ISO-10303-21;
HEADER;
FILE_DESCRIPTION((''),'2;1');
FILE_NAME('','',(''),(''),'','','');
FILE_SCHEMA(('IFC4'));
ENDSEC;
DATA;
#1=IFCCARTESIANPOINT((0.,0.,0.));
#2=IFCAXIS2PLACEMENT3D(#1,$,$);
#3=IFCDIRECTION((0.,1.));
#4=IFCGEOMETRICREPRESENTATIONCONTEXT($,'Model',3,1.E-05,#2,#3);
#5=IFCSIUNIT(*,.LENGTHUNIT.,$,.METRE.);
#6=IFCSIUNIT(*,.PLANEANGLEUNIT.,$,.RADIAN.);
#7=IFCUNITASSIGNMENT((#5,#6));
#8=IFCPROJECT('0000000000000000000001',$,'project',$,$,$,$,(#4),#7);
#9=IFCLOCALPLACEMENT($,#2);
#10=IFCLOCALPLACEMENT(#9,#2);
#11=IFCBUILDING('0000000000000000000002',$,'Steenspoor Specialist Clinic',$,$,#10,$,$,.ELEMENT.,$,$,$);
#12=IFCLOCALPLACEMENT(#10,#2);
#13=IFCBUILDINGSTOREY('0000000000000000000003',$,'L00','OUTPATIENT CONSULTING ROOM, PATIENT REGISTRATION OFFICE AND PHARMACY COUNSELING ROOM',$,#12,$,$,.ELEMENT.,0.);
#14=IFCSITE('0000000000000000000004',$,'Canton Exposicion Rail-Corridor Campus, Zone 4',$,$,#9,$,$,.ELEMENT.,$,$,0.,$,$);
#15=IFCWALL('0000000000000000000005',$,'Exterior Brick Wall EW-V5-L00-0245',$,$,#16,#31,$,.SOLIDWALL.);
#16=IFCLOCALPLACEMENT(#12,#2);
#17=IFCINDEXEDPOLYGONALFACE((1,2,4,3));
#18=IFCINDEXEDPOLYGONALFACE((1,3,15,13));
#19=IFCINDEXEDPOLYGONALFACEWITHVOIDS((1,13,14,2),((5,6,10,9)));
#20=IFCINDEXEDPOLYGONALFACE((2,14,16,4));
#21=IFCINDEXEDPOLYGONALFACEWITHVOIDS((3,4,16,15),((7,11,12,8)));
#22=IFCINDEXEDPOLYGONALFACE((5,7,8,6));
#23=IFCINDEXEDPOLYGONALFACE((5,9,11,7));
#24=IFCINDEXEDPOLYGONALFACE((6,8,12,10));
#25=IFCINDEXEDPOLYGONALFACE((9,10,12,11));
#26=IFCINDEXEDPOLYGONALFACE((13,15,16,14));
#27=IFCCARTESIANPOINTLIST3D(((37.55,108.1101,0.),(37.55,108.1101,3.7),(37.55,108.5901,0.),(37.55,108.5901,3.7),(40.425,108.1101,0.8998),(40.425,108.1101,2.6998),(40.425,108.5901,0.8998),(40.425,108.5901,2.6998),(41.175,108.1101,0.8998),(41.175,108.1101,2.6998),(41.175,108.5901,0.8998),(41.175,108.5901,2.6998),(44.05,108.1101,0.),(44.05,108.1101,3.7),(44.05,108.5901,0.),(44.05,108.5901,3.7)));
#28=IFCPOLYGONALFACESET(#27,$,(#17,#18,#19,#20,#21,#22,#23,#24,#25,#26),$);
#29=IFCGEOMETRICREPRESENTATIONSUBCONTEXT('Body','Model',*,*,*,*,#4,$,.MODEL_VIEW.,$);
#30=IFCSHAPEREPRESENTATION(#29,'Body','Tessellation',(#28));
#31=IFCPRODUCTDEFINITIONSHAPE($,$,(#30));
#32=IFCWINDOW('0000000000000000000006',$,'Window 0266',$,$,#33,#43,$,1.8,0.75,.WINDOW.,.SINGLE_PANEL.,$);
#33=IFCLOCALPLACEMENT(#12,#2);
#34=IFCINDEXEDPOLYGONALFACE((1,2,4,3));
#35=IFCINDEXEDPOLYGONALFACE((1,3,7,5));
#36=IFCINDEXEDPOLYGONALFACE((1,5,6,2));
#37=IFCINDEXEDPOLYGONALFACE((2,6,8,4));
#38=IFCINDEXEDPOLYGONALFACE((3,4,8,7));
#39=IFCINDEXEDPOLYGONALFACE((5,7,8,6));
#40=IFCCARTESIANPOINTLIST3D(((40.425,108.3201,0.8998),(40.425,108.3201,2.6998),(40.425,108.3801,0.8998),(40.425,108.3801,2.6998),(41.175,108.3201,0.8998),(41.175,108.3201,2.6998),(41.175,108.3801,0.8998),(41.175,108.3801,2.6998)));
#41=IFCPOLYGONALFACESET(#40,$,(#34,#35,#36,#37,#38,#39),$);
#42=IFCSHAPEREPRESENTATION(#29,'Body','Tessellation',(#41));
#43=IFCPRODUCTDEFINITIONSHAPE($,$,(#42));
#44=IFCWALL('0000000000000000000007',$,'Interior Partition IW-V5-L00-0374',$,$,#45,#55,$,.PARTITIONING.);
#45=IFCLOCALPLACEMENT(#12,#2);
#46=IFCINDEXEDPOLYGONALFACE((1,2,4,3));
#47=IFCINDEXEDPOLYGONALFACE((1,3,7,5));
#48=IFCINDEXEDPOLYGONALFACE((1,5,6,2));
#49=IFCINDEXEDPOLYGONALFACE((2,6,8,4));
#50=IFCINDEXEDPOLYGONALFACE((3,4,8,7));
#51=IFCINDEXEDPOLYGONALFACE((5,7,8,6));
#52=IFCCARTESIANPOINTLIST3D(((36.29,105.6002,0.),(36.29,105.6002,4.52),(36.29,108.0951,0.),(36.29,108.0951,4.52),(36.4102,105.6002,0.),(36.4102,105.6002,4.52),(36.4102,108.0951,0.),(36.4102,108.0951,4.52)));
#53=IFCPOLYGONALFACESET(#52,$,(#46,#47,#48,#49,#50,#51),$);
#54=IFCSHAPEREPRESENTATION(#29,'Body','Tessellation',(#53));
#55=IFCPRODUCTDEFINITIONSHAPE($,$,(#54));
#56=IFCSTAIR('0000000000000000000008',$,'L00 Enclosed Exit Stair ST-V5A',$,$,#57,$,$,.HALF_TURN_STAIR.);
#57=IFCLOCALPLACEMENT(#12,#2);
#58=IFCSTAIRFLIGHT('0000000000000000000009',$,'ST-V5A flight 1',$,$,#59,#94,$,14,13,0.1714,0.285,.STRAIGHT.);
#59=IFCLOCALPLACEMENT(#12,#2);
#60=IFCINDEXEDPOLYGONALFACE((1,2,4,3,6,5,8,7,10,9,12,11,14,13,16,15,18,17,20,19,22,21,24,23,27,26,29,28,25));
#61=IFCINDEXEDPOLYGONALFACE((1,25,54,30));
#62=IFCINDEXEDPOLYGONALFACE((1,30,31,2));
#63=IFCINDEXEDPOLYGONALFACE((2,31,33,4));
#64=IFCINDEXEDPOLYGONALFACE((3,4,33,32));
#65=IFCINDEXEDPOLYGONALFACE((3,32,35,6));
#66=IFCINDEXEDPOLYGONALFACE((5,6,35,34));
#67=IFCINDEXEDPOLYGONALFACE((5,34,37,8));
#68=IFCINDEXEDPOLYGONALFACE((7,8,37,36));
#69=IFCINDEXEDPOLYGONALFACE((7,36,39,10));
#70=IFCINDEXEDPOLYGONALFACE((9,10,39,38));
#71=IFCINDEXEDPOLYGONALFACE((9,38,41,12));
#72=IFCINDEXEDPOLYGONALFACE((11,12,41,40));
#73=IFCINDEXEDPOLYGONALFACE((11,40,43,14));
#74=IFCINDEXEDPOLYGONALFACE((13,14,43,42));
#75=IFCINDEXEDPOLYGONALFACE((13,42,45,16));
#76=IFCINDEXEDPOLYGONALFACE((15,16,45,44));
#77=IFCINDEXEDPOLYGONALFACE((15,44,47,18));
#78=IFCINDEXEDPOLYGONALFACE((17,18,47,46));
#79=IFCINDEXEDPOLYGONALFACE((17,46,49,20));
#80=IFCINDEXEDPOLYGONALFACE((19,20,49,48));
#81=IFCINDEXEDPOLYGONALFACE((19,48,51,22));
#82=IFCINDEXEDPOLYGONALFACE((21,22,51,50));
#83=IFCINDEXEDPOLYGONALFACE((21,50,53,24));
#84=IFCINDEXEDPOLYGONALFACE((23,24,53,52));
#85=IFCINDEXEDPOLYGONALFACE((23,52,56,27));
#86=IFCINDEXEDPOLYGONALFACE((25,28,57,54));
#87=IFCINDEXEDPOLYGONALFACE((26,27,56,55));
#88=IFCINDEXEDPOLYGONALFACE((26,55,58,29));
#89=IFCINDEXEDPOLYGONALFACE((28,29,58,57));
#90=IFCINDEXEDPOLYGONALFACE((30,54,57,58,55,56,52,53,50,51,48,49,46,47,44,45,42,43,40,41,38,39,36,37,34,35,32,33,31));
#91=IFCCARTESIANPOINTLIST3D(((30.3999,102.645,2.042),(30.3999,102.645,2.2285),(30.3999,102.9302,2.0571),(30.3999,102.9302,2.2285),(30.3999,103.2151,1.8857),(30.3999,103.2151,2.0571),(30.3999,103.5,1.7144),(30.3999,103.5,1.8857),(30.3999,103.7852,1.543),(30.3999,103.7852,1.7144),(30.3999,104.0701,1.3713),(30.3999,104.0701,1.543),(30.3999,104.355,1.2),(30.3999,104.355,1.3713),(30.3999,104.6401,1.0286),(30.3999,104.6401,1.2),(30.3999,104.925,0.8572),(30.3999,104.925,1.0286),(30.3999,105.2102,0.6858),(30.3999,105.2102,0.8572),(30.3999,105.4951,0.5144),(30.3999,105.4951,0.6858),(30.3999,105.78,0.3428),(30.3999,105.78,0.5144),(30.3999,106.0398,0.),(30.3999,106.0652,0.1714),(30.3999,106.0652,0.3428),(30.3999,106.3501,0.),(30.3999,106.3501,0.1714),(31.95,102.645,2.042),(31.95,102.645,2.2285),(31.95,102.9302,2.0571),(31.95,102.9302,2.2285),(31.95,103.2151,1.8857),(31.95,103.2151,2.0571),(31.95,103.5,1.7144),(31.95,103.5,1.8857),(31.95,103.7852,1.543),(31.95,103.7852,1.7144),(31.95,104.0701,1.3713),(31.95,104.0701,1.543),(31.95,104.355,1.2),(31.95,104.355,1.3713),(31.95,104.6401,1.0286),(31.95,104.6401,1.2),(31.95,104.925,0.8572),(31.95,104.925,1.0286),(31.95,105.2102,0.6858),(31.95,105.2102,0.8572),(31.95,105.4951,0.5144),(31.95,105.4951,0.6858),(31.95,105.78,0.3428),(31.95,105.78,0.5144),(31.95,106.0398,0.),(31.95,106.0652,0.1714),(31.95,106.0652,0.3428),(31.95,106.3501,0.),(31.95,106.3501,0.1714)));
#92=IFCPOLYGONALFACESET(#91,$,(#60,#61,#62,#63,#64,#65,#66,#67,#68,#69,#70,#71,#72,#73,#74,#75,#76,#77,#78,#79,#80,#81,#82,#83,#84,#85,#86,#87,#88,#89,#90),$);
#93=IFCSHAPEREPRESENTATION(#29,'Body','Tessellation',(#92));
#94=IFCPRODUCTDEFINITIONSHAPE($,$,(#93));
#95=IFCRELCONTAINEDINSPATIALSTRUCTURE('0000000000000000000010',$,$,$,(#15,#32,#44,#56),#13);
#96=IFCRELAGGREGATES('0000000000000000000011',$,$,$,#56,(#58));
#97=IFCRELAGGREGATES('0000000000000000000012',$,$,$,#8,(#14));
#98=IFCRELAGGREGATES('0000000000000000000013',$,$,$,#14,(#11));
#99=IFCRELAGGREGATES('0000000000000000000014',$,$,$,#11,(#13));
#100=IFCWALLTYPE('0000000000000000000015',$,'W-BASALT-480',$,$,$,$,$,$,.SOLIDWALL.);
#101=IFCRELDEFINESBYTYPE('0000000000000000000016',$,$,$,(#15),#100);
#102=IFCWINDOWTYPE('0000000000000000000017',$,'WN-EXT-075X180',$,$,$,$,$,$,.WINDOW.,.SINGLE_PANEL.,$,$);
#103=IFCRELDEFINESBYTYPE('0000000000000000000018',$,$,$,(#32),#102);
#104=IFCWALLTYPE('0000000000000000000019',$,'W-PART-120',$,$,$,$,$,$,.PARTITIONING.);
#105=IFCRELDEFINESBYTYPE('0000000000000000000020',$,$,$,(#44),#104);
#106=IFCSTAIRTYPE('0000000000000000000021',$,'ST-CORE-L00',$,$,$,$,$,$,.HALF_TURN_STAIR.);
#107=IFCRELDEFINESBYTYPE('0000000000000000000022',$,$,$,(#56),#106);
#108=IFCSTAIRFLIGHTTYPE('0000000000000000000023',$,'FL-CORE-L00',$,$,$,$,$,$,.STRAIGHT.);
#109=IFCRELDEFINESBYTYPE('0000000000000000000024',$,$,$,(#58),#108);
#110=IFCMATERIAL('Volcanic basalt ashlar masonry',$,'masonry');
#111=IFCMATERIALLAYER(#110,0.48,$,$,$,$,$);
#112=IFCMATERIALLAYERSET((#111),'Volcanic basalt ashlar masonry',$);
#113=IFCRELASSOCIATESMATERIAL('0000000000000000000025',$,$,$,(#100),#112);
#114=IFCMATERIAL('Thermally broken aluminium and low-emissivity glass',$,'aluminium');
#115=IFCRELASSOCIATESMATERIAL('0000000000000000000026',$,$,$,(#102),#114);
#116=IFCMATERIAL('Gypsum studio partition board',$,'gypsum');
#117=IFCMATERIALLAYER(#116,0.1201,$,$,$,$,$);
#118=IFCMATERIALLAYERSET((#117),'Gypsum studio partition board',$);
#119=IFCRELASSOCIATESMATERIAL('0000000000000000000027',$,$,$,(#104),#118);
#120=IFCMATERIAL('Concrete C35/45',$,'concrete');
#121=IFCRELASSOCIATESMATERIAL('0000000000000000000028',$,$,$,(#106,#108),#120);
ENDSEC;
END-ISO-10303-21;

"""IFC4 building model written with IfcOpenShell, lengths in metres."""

from ifc_helpers import new_model, si_unit, direction, frame, frame_2d, origin, place, context, subcontext, project, spatial, polyline, rectangle, outline, extrude, material, layer, layer_set, type_object, element, fill, aggregate, save


model = new_model("IFC4")

# Units and contexts
model_context = context("Model", 3, precision=1e-05, world=origin(), true_north=direction((0.0, 1.0)))
body_context = subcontext(model_context, "Body", "Model", "MODEL_VIEW")
ifc_project = project(units=[si_unit("LENGTHUNIT", "METRE"), si_unit("PLANEANGLEUNIT", "RADIAN")], contexts=[model_context])

# Site, building, storey
site_placement = place(None, origin())
site = spatial("IfcSite", under=ifc_project, at=site_placement, Name="Canton Exposicion Rail-Corridor Campus, Zone 4", CompositionType="ELEMENT", RefElevation=0.0)
building_placement = place(site_placement, origin())
building = spatial("IfcBuilding", under=site, at=building_placement, Name="Steenspoor Specialist Clinic", CompositionType="ELEMENT")
storey_placement = place(building_placement, origin())
storey = spatial("IfcBuildingStorey", under=building, at=storey_placement, Name="L00", Description="OUTPATIENT CONSULTING ROOM, PATIENT REGISTRATION OFFICE AND PHARMACY COUNSELING ROOM", CompositionType="ELEMENT", Elevation=0.0)

# Shared definitions
ifc_material_1 = material(Name="Concrete C35/45", Category="concrete")

# Wall, opening, window
ifc_material_2 = material(Name="Volcanic basalt ashlar masonry", Category="masonry")
ifc_layer_1 = layer(ifc_material_2, 0.48)
ifc_layer_set_1 = layer_set([ifc_layer_1], Name="Volcanic basalt ashlar masonry")
wall_type_1 = type_object("IfcWallType", Name="W-BASALT-480", PredefinedType="SOLIDWALL", material=ifc_layer_set_1)
ifc_material_3 = material(Name="Thermally broken aluminium and low-emissivity glass", Category="aluminium")
wall_1_placement = place(storey_placement, frame((37.55, 108.3501, 0.0), z_axis=(0.0, 0.0, 1.0), x_axis=(1.0, 0.0, 0.0)))
wall_1 = element("IfcWall", 1, at=wall_1_placement, inside=storey, type_object=wall_type_1, Name="Exterior Brick Wall EW-V5-L00-0245", PredefinedType="SOLIDWALL", context=body_context, shape_type="SweptSolid", body=[
    extrude(rectangle(XDim=6.5, YDim=0.48, at=frame_2d((3.25, 0.0))), origin(), (0.0, 0.0, 1.0), 3.7),
])
opening_1_placement = place(wall_1_placement, frame((2.875, 0.0, 0.8999)))
opening_1 = element("IfcOpeningElement", 2, at=opening_1_placement, cuts=wall_1, PredefinedType="OPENING", context=body_context, shape_type="SweptSolid", body=[
    extrude(rectangle(XDim=0.75, YDim=1.8, at=frame_2d((0.375, 0.8999))), frame((0.0, 0.25, 0.0), z_axis=(0.0, -1.0, 0.0), x_axis=(1.0, 0.0, 0.0)), (0.0, 0.0, 1.0), 0.5),
])
window_type_1 = type_object("IfcWindowType", Name="WN-EXT-075X180", PartitioningType="SINGLE_PANEL", PredefinedType="WINDOW", material=ifc_material_3)
window_1_placement = place(opening_1_placement, origin())
window_1 = element("IfcWindow", 3, at=window_1_placement, inside=storey, type_object=window_type_1, Name="Window 0266", OverallHeight=1.8, OverallWidth=0.75, PartitioningType="SINGLE_PANEL", PredefinedType="WINDOW", context=body_context, shape_type="SweptSolid", body=[
    extrude(rectangle(XDim=0.75, YDim=1.8, at=frame_2d((0.375, 0.8999))), frame((0.0, 0.03, 0.0), z_axis=(0.0, -1.0, 0.0), x_axis=(1.0, 0.0, 0.0)), (0.0, 0.0, 1.0), 0.0601),
])
fill(opening_1, window_1)

# Wall
ifc_material_4 = material(Name="Gypsum studio partition board", Category="gypsum")
ifc_layer_2 = layer(ifc_material_4, 0.1201)
ifc_layer_set_2 = layer_set([ifc_layer_2], Name="Gypsum studio partition board")
wall_type_2 = type_object("IfcWallType", Name="W-PART-120", PredefinedType="PARTITIONING", material=ifc_layer_set_2)
wall_2_placement = place(storey_placement, frame((36.3501, 105.6001, 0.0), z_axis=(0.0, 0.0, 1.0), x_axis=(0.0, 1.0, 0.0)))
element("IfcWall", 4, at=wall_2_placement, inside=storey, type_object=wall_type_2, Name="Interior Partition IW-V5-L00-0374", PredefinedType="PARTITIONING", context=body_context, shape_type="SweptSolid", body=[
    extrude(rectangle(XDim=2.4949, YDim=0.1201, at=frame_2d((1.2476, 0.0))), origin(), (0.0, 0.0, 1.0), 4.52),
])

# Stair, stair flight
stair_type = type_object("IfcStairType", Name="ST-CORE-L00", PredefinedType="HALF_TURN_STAIR", material=ifc_material_1)
stair_placement = place(storey_placement, origin())
stair = element("IfcStair", 5, at=stair_placement, inside=storey, type_object=stair_type, Name="L00 Enclosed Exit Stair ST-V5A", PredefinedType="HALF_TURN_STAIR")
stair_flight_type = type_object("IfcStairFlightType", Name="FL-CORE-L00", PredefinedType="STRAIGHT", material=ifc_material_1)
stair_flight_placement = place(storey_placement, frame((31.175, 106.3501, 0.0), z_axis=(0.0, 0.0, 1.0), x_axis=(0.0, -1.0, 0.0)))
stair_flight = element("IfcStairFlight", 6, at=stair_flight_placement, type_object=stair_flight_type, Name="ST-V5A flight 1", NumberOfRisers=14, NumberOfTreads=13, PredefinedType="STRAIGHT", RiserHeight=0.1714, TreadLength=0.285, context=body_context, shape_type="SweptSolid", body=[
    extrude(outline(polyline([(0.0, 0.0), (0.0, 0.1714), (0.2849, 0.1714), (0.2849, 0.3428), (0.5701, 0.3428), (0.5701, 0.5144), (0.855, 0.5144), (0.855, 0.6858), (1.1399, 0.6858), (1.1399, 0.8572), (1.425, 0.8572), (1.425, 1.0286), (1.71, 1.0286), (1.71, 1.2), (1.9951, 1.2), (1.9951, 1.3713), (2.28, 1.3713), (2.28, 1.543), (2.5649, 1.543), (2.5649, 1.7144), (2.8501, 1.7144), (2.8501, 1.8857), (3.135, 1.8857), (3.135, 2.0571), (3.4199, 2.0571), (3.4199, 2.2285), (3.7051, 2.2285), (3.7051, 2.3999), (3.7051, 2.042), (0.3103, 0.0), (0.0, 0.0)])), frame((0.0, 0.7749, 0.0), z_axis=(0.0, -1.0, 0.0), x_axis=(1.0, 0.0, 0.0)), (0.0, 0.0, 1.0), 1.55),
])
aggregate(stair, [stair_flight])

save(model, "model.ifc")
